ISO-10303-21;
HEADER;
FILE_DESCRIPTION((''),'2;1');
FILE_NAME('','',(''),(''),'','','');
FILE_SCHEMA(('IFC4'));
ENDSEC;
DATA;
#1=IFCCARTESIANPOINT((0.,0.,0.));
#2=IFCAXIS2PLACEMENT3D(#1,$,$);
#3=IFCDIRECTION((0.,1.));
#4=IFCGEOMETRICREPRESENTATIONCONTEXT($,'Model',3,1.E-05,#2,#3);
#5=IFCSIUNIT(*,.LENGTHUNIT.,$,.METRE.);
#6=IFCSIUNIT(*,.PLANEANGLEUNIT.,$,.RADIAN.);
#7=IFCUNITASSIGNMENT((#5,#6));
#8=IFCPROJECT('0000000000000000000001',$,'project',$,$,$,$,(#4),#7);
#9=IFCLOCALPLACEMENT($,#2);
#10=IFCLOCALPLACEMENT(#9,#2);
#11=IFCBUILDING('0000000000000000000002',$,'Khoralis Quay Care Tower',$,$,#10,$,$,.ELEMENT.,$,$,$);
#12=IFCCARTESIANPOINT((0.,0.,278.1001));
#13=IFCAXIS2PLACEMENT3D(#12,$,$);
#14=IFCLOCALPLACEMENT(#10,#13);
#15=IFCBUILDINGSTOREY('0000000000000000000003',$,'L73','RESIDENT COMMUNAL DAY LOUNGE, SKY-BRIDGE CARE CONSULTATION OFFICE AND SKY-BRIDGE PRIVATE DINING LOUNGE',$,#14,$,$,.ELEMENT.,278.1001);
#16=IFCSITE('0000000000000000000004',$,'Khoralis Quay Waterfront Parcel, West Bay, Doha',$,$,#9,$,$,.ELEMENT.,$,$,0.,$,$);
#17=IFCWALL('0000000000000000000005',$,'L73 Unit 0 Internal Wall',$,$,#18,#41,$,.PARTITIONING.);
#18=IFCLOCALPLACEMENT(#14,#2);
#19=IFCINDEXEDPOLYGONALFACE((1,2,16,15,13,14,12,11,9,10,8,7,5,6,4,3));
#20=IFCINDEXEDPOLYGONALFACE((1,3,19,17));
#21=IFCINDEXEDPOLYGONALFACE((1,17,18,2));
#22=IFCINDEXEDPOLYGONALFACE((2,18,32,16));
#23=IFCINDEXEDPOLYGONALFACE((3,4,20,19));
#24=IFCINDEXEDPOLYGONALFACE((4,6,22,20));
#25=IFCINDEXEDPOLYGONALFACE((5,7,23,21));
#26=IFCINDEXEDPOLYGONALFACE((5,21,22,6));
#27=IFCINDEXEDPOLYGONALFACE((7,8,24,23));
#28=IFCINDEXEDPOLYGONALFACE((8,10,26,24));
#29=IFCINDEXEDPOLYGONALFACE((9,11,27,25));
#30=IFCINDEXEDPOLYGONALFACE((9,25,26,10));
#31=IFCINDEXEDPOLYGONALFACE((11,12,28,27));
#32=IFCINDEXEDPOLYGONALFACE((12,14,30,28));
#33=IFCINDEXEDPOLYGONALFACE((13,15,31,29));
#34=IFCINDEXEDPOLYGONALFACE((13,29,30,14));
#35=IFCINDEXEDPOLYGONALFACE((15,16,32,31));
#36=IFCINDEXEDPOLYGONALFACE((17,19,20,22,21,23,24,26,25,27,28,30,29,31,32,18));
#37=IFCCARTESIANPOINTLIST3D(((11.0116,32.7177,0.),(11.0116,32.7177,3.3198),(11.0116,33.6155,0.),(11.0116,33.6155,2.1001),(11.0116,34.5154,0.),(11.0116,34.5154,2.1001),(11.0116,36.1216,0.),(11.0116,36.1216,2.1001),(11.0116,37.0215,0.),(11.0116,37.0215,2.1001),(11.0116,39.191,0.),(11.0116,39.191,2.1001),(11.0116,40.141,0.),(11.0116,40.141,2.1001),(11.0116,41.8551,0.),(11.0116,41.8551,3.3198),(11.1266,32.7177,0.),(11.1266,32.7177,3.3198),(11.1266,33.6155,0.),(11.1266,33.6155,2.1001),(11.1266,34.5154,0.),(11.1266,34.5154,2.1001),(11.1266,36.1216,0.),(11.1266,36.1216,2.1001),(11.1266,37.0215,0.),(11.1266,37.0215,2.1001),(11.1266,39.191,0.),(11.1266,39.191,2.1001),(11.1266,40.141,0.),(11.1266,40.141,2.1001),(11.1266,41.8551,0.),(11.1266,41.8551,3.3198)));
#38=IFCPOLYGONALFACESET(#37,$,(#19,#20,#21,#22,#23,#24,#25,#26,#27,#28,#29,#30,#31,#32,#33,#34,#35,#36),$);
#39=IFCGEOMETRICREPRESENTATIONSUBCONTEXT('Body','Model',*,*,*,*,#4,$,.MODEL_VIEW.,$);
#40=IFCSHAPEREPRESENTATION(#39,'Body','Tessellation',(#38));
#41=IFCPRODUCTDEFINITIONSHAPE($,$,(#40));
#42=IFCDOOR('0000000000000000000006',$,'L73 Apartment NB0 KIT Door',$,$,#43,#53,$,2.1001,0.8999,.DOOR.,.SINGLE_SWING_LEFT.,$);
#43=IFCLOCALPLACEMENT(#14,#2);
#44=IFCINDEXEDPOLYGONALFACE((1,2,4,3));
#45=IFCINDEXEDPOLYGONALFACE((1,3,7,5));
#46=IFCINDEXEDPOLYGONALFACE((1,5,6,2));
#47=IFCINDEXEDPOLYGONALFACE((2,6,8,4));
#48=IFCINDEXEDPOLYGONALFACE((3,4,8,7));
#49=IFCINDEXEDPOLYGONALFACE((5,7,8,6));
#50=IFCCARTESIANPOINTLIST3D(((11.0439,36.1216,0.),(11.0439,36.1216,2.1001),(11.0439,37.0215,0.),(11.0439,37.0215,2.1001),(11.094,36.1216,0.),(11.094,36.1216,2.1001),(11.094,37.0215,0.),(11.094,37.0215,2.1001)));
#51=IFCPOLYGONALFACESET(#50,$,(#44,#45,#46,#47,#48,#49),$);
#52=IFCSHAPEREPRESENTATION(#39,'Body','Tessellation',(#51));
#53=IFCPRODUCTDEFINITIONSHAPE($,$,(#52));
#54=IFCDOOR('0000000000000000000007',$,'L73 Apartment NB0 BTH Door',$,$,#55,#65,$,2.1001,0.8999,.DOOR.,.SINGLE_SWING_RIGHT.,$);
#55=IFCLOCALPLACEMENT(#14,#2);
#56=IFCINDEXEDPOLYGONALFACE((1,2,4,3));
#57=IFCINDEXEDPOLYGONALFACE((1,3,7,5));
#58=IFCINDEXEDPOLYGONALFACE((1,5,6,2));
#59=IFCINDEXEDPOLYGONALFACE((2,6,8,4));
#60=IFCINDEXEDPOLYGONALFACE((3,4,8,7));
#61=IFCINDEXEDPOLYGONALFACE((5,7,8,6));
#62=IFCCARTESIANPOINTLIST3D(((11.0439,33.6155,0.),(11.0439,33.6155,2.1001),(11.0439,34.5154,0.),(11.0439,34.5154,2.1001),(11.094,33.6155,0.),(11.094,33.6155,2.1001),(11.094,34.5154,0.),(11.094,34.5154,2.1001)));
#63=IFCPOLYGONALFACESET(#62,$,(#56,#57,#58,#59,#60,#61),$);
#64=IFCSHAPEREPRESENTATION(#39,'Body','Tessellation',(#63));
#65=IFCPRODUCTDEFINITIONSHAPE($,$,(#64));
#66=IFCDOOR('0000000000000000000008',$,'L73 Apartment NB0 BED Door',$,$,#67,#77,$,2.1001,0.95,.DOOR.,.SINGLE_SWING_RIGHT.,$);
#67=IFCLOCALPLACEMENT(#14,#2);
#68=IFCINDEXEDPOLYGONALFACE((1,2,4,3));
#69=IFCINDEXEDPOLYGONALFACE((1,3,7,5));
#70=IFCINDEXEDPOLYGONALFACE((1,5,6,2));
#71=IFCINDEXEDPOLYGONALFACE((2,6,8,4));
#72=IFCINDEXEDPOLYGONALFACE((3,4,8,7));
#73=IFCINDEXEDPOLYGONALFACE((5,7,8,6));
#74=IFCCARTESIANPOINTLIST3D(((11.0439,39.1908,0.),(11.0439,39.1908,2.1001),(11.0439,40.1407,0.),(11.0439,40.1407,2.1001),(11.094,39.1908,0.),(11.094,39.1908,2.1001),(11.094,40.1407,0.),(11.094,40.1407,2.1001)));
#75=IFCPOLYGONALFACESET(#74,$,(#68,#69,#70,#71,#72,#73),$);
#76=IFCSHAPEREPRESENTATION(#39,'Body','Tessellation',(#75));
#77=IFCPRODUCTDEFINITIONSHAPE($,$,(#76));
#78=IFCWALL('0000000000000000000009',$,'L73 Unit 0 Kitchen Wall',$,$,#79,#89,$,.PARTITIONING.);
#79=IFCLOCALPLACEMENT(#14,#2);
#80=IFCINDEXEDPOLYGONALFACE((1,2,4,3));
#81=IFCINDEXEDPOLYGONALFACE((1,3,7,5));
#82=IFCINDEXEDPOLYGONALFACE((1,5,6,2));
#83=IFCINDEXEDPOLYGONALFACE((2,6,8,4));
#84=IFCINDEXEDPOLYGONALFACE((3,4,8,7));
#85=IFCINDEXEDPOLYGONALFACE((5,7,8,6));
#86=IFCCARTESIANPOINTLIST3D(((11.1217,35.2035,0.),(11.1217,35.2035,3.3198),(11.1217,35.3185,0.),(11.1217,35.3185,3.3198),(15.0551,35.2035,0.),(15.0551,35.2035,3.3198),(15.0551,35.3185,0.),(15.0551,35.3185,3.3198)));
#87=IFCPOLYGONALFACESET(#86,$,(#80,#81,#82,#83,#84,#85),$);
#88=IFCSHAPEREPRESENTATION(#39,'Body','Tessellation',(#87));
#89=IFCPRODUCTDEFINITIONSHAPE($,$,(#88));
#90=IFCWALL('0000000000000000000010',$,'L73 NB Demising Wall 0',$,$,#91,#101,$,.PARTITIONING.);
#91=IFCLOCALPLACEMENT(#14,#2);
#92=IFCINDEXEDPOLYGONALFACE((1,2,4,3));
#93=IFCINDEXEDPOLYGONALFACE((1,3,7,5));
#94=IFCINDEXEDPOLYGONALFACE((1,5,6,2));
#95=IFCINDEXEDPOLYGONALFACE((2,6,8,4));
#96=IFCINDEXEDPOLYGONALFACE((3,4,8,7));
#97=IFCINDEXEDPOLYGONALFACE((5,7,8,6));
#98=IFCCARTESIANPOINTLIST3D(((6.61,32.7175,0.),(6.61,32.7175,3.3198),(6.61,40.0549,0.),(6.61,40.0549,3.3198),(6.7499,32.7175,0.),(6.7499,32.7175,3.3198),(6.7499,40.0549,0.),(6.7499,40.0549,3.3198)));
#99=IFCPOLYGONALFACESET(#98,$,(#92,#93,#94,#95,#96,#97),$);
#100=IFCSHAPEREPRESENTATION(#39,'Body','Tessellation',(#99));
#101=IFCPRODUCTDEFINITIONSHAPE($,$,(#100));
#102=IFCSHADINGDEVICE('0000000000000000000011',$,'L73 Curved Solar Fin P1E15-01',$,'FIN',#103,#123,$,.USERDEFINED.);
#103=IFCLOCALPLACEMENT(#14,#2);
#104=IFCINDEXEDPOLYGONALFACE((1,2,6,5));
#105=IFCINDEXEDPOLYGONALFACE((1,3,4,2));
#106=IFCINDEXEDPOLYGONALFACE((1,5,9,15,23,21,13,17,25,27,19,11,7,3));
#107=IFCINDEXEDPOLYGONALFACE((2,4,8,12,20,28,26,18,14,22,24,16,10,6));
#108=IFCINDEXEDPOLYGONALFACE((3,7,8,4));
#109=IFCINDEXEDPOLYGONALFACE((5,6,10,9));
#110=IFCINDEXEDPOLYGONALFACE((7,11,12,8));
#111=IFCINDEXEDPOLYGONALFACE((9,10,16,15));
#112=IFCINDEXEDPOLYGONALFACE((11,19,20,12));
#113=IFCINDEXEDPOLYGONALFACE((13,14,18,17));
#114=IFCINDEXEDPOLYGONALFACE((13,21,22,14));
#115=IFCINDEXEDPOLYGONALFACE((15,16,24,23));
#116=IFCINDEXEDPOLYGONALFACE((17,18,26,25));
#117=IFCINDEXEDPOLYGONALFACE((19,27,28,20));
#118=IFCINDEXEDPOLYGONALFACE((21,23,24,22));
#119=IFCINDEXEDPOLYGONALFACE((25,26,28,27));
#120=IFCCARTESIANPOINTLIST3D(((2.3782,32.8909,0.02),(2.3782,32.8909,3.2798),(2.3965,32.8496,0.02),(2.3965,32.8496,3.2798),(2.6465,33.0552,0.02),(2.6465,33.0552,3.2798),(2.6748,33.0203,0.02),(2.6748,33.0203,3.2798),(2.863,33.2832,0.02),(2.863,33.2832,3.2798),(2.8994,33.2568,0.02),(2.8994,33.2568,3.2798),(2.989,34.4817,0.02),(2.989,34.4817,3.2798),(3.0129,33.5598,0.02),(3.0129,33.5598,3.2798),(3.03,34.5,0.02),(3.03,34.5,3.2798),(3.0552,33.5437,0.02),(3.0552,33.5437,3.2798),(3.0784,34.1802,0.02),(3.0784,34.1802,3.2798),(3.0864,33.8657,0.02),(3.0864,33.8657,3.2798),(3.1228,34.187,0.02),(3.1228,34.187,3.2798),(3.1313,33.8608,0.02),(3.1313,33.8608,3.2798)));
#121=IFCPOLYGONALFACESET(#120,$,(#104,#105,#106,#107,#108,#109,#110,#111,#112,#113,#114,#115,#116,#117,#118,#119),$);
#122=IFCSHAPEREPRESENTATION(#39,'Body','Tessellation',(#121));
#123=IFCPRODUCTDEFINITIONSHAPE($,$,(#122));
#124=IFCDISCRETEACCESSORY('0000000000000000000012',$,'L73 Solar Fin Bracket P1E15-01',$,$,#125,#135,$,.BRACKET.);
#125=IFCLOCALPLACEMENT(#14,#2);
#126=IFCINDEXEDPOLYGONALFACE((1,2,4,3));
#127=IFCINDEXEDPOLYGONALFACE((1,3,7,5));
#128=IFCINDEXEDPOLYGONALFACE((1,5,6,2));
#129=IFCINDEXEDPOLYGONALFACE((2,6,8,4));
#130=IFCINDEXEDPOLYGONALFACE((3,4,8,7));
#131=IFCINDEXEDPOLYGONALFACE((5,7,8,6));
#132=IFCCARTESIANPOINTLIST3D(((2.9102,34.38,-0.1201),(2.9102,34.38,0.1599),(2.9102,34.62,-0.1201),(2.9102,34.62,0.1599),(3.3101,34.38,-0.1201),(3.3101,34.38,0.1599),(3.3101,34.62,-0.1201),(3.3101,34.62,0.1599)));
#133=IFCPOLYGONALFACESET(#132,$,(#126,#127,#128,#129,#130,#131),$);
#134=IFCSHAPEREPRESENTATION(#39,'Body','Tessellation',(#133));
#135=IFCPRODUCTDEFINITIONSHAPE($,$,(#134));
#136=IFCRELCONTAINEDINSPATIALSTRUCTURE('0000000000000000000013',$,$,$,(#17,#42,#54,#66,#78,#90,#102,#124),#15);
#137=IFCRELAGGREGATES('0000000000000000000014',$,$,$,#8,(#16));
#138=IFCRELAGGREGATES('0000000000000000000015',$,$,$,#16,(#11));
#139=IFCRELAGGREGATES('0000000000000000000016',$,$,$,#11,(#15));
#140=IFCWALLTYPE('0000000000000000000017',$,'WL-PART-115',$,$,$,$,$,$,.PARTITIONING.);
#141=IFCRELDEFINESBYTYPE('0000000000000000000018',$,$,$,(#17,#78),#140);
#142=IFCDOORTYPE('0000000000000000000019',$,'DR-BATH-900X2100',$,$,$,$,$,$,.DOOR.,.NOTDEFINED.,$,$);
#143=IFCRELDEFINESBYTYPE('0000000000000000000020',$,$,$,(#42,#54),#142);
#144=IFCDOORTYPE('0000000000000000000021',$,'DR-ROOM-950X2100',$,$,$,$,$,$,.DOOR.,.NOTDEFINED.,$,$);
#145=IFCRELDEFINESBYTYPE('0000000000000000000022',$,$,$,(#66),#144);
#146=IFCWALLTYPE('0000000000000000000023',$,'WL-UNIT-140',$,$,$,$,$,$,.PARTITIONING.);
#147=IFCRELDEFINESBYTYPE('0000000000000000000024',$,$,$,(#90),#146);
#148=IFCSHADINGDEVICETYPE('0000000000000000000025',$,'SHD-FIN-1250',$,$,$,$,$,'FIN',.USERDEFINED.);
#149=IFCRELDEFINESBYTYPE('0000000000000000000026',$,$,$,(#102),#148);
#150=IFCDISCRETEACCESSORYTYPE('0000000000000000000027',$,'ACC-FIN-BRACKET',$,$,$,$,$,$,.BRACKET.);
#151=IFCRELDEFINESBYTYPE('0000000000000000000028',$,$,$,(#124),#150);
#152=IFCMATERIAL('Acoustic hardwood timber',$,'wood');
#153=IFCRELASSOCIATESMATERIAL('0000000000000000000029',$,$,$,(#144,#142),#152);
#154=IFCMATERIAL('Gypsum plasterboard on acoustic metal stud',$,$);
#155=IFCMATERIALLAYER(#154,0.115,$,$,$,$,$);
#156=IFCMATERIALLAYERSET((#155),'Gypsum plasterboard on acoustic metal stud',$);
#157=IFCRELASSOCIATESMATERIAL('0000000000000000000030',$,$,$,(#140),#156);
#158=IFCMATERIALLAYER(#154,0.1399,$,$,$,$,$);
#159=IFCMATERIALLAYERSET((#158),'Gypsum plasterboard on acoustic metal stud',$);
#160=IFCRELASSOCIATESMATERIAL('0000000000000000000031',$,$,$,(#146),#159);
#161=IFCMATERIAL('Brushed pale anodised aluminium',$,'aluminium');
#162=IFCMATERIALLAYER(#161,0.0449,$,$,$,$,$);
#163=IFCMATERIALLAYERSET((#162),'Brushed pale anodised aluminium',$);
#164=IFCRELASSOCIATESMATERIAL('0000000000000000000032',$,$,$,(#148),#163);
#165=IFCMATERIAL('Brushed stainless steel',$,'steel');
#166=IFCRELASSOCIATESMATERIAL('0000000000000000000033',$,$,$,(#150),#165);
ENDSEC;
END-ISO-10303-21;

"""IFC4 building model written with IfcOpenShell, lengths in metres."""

from ifc_helpers import new_model, si_unit, direction, frame, frame_2d, origin, origin_2d, place, context, subcontext, project, spatial, polyline, rectangle, outline, extrude, source, transform, mapped, material, layer, layer_set, type_object, element, fill, save


model = new_model("IFC4")

# Units and contexts
model_context = context("Model", 3, precision=1e-05, world=origin(), true_north=direction((0.0, 1.0)))
body_context = subcontext(model_context, "Body", "Model", "MODEL_VIEW")
ifc_project = project(units=[si_unit("LENGTHUNIT", "METRE"), si_unit("PLANEANGLEUNIT", "RADIAN")], contexts=[model_context])

# Site, building, storey
site_placement = place(None, origin())
site = spatial("IfcSite", under=ifc_project, at=site_placement, Name="Khoralis Quay Waterfront Parcel, West Bay, Doha", CompositionType="ELEMENT", RefElevation=0.0)
building_placement = place(site_placement, origin())
building = spatial("IfcBuilding", under=site, at=building_placement, Name="Khoralis Quay Care Tower", CompositionType="ELEMENT")
storey_placement = place(building_placement, frame((0.0, 0.0, 278.1001)))
storey = spatial("IfcBuildingStorey", under=building, at=storey_placement, Name="L73", Description="RESIDENT COMMUNAL DAY LOUNGE, SKY-BRIDGE CARE CONSULTATION OFFICE AND SKY-BRIDGE PRIVATE DINING LOUNGE", CompositionType="ELEMENT", Elevation=278.1001)

# Shared definitions
ifc_material_1 = material(Name="Gypsum plasterboard on acoustic metal stud")

# Wall, openings, doors
ifc_material_2 = material(Name="Acoustic hardwood timber", Category="wood")
door_type_1 = type_object("IfcDoorType", Name="DR-ROOM-950X2100", OperationType="NOTDEFINED", PredefinedType="DOOR", material=ifc_material_2)
shared_shape_1 = source(origin(), body_context, "Body", "SweptSolid", [
    extrude(rectangle(XDim=0.95, YDim=2.1001, at=frame_2d((0.4751, 1.05))), frame((0.0, 0.0249, 0.0), z_axis=(0.0, -1.0, 0.0), x_axis=(1.0, 0.0, 0.0)), (0.0, 0.0, 1.0), 0.05),
])
ifc_layer_1 = layer(ifc_material_1, 0.115)
ifc_layer_set_1 = layer_set([ifc_layer_1], Name="Gypsum plasterboard on acoustic metal stud")
wall_type_1 = type_object("IfcWallType", Name="WL-PART-115", PredefinedType="PARTITIONING", material=ifc_layer_set_1)
wall_1_placement = place(storey_placement, frame((11.0691, 32.7175, 0.0), z_axis=(0.0, 0.0, 1.0), x_axis=(0.0, 1.0, 0.0)))
wall_1 = element("IfcWall", 1, at=wall_1_placement, inside=storey, type_object=wall_type_1, Name="L73 Unit 0 Internal Wall", PredefinedType="PARTITIONING", context=body_context, shape_type="SweptSolid", body=[
    extrude(rectangle(XDim=9.1375, YDim=0.115, at=frame_2d((4.5688, 0.0))), origin(), (0.0, 0.0, 1.0), 3.3198),
])
opening_1_placement = place(wall_1_placement, frame((6.4734, 0.0, 0.0)))
opening_1 = element("IfcOpeningElement", 2, at=opening_1_placement, cuts=wall_1, PredefinedType="OPENING", context=body_context, shape_type="SweptSolid", body=[
    extrude(rectangle(XDim=0.95, YDim=2.1001, at=frame_2d((0.4751, 1.05))), frame((0.0, 0.0674, 0.0), z_axis=(0.0, -1.0, 0.0), x_axis=(1.0, 0.0, 0.0)), (0.0, 0.0, 1.0), 0.135),
])
opening_2_placement = place(wall_1_placement, frame((3.4041, 0.0, 0.0)))
opening_2 = element("IfcOpeningElement", 3, at=opening_2_placement, cuts=wall_1, PredefinedType="OPENING", context=body_context, shape_type="SweptSolid", body=[
    extrude(rectangle(XDim=0.8999, YDim=2.1001, at=frame_2d((0.45, 1.05))), frame((0.0, 0.0674, 0.0), z_axis=(0.0, -1.0, 0.0), x_axis=(1.0, 0.0, 0.0)), (0.0, 0.0, 1.0), 0.135),
])
opening_3_placement = place(wall_1_placement, frame((0.8979, 0.0, 0.0)))
opening_3 = element("IfcOpeningElement", 4, at=opening_3_placement, cuts=wall_1, PredefinedType="OPENING", context=body_context, shape_type="SweptSolid", body=[
    extrude(rectangle(XDim=0.8999, YDim=2.1001, at=frame_2d((0.45, 1.05))), frame((0.0, 0.0674, 0.0), z_axis=(0.0, -1.0, 0.0), x_axis=(1.0, 0.0, 0.0)), (0.0, 0.0, 1.0), 0.135),
])
door_type_2 = type_object("IfcDoorType", Name="DR-BATH-900X2100", OperationType="NOTDEFINED", PredefinedType="DOOR", material=ifc_material_2)
shared_shape_2 = source(origin(), body_context, "Body", "SweptSolid", [
    extrude(rectangle(XDim=0.8999, YDim=2.1001, at=frame_2d((0.45, 1.05))), frame((0.0, 0.0249, 0.0), z_axis=(0.0, -1.0, 0.0), x_axis=(1.0, 0.0, 0.0)), (0.0, 0.0, 1.0), 0.05),
])
door_1_placement = place(opening_2_placement, frame((0.8999, 0.0, 0.0), z_axis=(0.0, 0.0, 1.0), x_axis=(-1.0, 0.0, 0.0)))
door_1 = element("IfcDoor", 5, at=door_1_placement, inside=storey, type_object=door_type_2, Name="L73 Apartment NB0 KIT Door", OperationType="SINGLE_SWING_LEFT", OverallHeight=2.1001, OverallWidth=0.8999, PredefinedType="DOOR", context=body_context, shape_type="MappedRepresentation", body=[
    mapped(shared_shape_2, transform((0.0, 0.0, 0.0), scale=1.0)),
])
fill(opening_2, door_1)
door_2_placement = place(opening_3_placement, frame((0.8999, 0.0, 0.0), z_axis=(0.0, 0.0, 1.0), x_axis=(-1.0, 0.0, 0.0)))
door_2 = element("IfcDoor", 6, at=door_2_placement, inside=storey, type_object=door_type_2, Name="L73 Apartment NB0 BTH Door", OperationType="SINGLE_SWING_RIGHT", OverallHeight=2.1001, OverallWidth=0.8999, PredefinedType="DOOR", context=body_context, shape_type="MappedRepresentation", body=[
    mapped(shared_shape_2, transform((0.0, 0.0, 0.0), scale=1.0)),
])
fill(opening_3, door_2)
door_3_placement = place(opening_1_placement, frame((0.95, 0.0, 0.0), z_axis=(0.0, 0.0, 1.0), x_axis=(-1.0, 0.0, 0.0)))
door_3 = element("IfcDoor", 7, at=door_3_placement, inside=storey, type_object=door_type_1, Name="L73 Apartment NB0 BED Door", OperationType="SINGLE_SWING_RIGHT", OverallHeight=2.1001, OverallWidth=0.95, PredefinedType="DOOR", context=body_context, shape_type="MappedRepresentation", body=[
    mapped(shared_shape_1, transform((0.0, 0.0, 0.0), scale=1.0)),
])
fill(opening_1, door_3)

# Walls
wall_2_placement = place(storey_placement, frame((11.1216, 35.261, 0.0), z_axis=(0.0, 0.0, 1.0), x_axis=(1.0, 0.0, 0.0)))
element("IfcWall", 8, at=wall_2_placement, inside=storey, type_object=wall_type_1, Name="L73 Unit 0 Kitchen Wall", PredefinedType="PARTITIONING", context=body_context, shape_type="SweptSolid", body=[
    extrude(rectangle(XDim=3.9333, YDim=0.115, at=frame_2d((1.9668, 0.0))), origin(), (0.0, 0.0, 1.0), 3.3198),
])
ifc_layer_2 = layer(ifc_material_1, 0.1399)
ifc_layer_set_2 = layer_set([ifc_layer_2], Name="Gypsum plasterboard on acoustic metal stud")
wall_type_2 = type_object("IfcWallType", Name="WL-UNIT-140", PredefinedType="PARTITIONING", material=ifc_layer_set_2)
wall_3_placement = place(storey_placement, frame((6.6799, 32.7175, 0.0), z_axis=(0.0, 0.0, 1.0), x_axis=(0.0, 1.0, 0.0)))
element("IfcWall", 9, at=wall_3_placement, inside=storey, type_object=wall_type_2, Name="L73 NB Demising Wall 0", PredefinedType="PARTITIONING", context=body_context, shape_type="SweptSolid", body=[
    extrude(rectangle(XDim=7.3374, YDim=0.1399, at=frame_2d((3.6687, 0.0))), origin(), (0.0, 0.0, 1.0), 3.3198),
])

# Shading device
ifc_material_3 = material(Name="Brushed pale anodised aluminium", Category="aluminium")
ifc_layer_3 = layer(ifc_material_3, 0.0449)
ifc_layer_set_3 = layer_set([ifc_layer_3], Name="Brushed pale anodised aluminium")
shading_device_type = type_object("IfcShadingDeviceType", Name="SHD-FIN-1250", ElementType="FIN", PredefinedType="USERDEFINED", material=ifc_layer_set_3)
shared_shape_3 = source(origin(), body_context, "Body", "SweptSolid", [
    extrude(outline(polyline([(0.0, 0.0), (-0.0928, 0.313), (-0.1013, 0.6392), (-0.0251, 0.9563), (0.1306, 1.2432), (0.3552, 1.4797), (0.6335, 1.6504), (0.6519, 1.6091), (0.3835, 1.4448), (0.167, 1.2168), (0.0171, 0.9402), (-0.0564, 0.6343), (-0.0483, 0.3198), (0.041, 0.0183), (0.0, 0.0)])), origin(), (0.0, 0.0, 1.0), 3.2598),
])
shading_device_placement = place(storey_placement, frame((3.03, 34.5, 0.02), z_axis=(0.0, 0.0, 1.0), x_axis=(-1.0, 0.0, 0.0)))
element("IfcShadingDevice", 10, at=shading_device_placement, inside=storey, type_object=shading_device_type, Name="L73 Curved Solar Fin P1E15-01", ObjectType="FIN", PredefinedType="USERDEFINED", context=body_context, shape_type="MappedRepresentation", body=[
    mapped(shared_shape_3, transform((0.0, 0.0, 0.0), scale=1.0)),
])

# Discrete accessory
ifc_material_4 = material(Name="Brushed stainless steel", Category="steel")
discrete_accessory_type = type_object("IfcDiscreteAccessoryType", Name="ACC-FIN-BRACKET", PredefinedType="BRACKET", material=ifc_material_4)
shared_shape_4 = source(origin(), body_context, "Body", "SweptSolid", [
    extrude(rectangle(XDim=0.3999, YDim=0.24, at=origin_2d()), origin(), (0.0, 0.0, 1.0), 0.28),
])
discrete_accessory_placement = place(storey_placement, frame((3.1101, 34.5, -0.1201), z_axis=(0.0, 0.0, 1.0), x_axis=(-1.0, 0.0, 0.0)))
element("IfcDiscreteAccessory", 11, at=discrete_accessory_placement, inside=storey, type_object=discrete_accessory_type, Name="L73 Solar Fin Bracket P1E15-01", PredefinedType="BRACKET", context=body_context, shape_type="MappedRepresentation", body=[
    mapped(shared_shape_4, transform((0.0, 0.0, 0.0), scale=1.0)),
])

save(model, "model.ifc")
